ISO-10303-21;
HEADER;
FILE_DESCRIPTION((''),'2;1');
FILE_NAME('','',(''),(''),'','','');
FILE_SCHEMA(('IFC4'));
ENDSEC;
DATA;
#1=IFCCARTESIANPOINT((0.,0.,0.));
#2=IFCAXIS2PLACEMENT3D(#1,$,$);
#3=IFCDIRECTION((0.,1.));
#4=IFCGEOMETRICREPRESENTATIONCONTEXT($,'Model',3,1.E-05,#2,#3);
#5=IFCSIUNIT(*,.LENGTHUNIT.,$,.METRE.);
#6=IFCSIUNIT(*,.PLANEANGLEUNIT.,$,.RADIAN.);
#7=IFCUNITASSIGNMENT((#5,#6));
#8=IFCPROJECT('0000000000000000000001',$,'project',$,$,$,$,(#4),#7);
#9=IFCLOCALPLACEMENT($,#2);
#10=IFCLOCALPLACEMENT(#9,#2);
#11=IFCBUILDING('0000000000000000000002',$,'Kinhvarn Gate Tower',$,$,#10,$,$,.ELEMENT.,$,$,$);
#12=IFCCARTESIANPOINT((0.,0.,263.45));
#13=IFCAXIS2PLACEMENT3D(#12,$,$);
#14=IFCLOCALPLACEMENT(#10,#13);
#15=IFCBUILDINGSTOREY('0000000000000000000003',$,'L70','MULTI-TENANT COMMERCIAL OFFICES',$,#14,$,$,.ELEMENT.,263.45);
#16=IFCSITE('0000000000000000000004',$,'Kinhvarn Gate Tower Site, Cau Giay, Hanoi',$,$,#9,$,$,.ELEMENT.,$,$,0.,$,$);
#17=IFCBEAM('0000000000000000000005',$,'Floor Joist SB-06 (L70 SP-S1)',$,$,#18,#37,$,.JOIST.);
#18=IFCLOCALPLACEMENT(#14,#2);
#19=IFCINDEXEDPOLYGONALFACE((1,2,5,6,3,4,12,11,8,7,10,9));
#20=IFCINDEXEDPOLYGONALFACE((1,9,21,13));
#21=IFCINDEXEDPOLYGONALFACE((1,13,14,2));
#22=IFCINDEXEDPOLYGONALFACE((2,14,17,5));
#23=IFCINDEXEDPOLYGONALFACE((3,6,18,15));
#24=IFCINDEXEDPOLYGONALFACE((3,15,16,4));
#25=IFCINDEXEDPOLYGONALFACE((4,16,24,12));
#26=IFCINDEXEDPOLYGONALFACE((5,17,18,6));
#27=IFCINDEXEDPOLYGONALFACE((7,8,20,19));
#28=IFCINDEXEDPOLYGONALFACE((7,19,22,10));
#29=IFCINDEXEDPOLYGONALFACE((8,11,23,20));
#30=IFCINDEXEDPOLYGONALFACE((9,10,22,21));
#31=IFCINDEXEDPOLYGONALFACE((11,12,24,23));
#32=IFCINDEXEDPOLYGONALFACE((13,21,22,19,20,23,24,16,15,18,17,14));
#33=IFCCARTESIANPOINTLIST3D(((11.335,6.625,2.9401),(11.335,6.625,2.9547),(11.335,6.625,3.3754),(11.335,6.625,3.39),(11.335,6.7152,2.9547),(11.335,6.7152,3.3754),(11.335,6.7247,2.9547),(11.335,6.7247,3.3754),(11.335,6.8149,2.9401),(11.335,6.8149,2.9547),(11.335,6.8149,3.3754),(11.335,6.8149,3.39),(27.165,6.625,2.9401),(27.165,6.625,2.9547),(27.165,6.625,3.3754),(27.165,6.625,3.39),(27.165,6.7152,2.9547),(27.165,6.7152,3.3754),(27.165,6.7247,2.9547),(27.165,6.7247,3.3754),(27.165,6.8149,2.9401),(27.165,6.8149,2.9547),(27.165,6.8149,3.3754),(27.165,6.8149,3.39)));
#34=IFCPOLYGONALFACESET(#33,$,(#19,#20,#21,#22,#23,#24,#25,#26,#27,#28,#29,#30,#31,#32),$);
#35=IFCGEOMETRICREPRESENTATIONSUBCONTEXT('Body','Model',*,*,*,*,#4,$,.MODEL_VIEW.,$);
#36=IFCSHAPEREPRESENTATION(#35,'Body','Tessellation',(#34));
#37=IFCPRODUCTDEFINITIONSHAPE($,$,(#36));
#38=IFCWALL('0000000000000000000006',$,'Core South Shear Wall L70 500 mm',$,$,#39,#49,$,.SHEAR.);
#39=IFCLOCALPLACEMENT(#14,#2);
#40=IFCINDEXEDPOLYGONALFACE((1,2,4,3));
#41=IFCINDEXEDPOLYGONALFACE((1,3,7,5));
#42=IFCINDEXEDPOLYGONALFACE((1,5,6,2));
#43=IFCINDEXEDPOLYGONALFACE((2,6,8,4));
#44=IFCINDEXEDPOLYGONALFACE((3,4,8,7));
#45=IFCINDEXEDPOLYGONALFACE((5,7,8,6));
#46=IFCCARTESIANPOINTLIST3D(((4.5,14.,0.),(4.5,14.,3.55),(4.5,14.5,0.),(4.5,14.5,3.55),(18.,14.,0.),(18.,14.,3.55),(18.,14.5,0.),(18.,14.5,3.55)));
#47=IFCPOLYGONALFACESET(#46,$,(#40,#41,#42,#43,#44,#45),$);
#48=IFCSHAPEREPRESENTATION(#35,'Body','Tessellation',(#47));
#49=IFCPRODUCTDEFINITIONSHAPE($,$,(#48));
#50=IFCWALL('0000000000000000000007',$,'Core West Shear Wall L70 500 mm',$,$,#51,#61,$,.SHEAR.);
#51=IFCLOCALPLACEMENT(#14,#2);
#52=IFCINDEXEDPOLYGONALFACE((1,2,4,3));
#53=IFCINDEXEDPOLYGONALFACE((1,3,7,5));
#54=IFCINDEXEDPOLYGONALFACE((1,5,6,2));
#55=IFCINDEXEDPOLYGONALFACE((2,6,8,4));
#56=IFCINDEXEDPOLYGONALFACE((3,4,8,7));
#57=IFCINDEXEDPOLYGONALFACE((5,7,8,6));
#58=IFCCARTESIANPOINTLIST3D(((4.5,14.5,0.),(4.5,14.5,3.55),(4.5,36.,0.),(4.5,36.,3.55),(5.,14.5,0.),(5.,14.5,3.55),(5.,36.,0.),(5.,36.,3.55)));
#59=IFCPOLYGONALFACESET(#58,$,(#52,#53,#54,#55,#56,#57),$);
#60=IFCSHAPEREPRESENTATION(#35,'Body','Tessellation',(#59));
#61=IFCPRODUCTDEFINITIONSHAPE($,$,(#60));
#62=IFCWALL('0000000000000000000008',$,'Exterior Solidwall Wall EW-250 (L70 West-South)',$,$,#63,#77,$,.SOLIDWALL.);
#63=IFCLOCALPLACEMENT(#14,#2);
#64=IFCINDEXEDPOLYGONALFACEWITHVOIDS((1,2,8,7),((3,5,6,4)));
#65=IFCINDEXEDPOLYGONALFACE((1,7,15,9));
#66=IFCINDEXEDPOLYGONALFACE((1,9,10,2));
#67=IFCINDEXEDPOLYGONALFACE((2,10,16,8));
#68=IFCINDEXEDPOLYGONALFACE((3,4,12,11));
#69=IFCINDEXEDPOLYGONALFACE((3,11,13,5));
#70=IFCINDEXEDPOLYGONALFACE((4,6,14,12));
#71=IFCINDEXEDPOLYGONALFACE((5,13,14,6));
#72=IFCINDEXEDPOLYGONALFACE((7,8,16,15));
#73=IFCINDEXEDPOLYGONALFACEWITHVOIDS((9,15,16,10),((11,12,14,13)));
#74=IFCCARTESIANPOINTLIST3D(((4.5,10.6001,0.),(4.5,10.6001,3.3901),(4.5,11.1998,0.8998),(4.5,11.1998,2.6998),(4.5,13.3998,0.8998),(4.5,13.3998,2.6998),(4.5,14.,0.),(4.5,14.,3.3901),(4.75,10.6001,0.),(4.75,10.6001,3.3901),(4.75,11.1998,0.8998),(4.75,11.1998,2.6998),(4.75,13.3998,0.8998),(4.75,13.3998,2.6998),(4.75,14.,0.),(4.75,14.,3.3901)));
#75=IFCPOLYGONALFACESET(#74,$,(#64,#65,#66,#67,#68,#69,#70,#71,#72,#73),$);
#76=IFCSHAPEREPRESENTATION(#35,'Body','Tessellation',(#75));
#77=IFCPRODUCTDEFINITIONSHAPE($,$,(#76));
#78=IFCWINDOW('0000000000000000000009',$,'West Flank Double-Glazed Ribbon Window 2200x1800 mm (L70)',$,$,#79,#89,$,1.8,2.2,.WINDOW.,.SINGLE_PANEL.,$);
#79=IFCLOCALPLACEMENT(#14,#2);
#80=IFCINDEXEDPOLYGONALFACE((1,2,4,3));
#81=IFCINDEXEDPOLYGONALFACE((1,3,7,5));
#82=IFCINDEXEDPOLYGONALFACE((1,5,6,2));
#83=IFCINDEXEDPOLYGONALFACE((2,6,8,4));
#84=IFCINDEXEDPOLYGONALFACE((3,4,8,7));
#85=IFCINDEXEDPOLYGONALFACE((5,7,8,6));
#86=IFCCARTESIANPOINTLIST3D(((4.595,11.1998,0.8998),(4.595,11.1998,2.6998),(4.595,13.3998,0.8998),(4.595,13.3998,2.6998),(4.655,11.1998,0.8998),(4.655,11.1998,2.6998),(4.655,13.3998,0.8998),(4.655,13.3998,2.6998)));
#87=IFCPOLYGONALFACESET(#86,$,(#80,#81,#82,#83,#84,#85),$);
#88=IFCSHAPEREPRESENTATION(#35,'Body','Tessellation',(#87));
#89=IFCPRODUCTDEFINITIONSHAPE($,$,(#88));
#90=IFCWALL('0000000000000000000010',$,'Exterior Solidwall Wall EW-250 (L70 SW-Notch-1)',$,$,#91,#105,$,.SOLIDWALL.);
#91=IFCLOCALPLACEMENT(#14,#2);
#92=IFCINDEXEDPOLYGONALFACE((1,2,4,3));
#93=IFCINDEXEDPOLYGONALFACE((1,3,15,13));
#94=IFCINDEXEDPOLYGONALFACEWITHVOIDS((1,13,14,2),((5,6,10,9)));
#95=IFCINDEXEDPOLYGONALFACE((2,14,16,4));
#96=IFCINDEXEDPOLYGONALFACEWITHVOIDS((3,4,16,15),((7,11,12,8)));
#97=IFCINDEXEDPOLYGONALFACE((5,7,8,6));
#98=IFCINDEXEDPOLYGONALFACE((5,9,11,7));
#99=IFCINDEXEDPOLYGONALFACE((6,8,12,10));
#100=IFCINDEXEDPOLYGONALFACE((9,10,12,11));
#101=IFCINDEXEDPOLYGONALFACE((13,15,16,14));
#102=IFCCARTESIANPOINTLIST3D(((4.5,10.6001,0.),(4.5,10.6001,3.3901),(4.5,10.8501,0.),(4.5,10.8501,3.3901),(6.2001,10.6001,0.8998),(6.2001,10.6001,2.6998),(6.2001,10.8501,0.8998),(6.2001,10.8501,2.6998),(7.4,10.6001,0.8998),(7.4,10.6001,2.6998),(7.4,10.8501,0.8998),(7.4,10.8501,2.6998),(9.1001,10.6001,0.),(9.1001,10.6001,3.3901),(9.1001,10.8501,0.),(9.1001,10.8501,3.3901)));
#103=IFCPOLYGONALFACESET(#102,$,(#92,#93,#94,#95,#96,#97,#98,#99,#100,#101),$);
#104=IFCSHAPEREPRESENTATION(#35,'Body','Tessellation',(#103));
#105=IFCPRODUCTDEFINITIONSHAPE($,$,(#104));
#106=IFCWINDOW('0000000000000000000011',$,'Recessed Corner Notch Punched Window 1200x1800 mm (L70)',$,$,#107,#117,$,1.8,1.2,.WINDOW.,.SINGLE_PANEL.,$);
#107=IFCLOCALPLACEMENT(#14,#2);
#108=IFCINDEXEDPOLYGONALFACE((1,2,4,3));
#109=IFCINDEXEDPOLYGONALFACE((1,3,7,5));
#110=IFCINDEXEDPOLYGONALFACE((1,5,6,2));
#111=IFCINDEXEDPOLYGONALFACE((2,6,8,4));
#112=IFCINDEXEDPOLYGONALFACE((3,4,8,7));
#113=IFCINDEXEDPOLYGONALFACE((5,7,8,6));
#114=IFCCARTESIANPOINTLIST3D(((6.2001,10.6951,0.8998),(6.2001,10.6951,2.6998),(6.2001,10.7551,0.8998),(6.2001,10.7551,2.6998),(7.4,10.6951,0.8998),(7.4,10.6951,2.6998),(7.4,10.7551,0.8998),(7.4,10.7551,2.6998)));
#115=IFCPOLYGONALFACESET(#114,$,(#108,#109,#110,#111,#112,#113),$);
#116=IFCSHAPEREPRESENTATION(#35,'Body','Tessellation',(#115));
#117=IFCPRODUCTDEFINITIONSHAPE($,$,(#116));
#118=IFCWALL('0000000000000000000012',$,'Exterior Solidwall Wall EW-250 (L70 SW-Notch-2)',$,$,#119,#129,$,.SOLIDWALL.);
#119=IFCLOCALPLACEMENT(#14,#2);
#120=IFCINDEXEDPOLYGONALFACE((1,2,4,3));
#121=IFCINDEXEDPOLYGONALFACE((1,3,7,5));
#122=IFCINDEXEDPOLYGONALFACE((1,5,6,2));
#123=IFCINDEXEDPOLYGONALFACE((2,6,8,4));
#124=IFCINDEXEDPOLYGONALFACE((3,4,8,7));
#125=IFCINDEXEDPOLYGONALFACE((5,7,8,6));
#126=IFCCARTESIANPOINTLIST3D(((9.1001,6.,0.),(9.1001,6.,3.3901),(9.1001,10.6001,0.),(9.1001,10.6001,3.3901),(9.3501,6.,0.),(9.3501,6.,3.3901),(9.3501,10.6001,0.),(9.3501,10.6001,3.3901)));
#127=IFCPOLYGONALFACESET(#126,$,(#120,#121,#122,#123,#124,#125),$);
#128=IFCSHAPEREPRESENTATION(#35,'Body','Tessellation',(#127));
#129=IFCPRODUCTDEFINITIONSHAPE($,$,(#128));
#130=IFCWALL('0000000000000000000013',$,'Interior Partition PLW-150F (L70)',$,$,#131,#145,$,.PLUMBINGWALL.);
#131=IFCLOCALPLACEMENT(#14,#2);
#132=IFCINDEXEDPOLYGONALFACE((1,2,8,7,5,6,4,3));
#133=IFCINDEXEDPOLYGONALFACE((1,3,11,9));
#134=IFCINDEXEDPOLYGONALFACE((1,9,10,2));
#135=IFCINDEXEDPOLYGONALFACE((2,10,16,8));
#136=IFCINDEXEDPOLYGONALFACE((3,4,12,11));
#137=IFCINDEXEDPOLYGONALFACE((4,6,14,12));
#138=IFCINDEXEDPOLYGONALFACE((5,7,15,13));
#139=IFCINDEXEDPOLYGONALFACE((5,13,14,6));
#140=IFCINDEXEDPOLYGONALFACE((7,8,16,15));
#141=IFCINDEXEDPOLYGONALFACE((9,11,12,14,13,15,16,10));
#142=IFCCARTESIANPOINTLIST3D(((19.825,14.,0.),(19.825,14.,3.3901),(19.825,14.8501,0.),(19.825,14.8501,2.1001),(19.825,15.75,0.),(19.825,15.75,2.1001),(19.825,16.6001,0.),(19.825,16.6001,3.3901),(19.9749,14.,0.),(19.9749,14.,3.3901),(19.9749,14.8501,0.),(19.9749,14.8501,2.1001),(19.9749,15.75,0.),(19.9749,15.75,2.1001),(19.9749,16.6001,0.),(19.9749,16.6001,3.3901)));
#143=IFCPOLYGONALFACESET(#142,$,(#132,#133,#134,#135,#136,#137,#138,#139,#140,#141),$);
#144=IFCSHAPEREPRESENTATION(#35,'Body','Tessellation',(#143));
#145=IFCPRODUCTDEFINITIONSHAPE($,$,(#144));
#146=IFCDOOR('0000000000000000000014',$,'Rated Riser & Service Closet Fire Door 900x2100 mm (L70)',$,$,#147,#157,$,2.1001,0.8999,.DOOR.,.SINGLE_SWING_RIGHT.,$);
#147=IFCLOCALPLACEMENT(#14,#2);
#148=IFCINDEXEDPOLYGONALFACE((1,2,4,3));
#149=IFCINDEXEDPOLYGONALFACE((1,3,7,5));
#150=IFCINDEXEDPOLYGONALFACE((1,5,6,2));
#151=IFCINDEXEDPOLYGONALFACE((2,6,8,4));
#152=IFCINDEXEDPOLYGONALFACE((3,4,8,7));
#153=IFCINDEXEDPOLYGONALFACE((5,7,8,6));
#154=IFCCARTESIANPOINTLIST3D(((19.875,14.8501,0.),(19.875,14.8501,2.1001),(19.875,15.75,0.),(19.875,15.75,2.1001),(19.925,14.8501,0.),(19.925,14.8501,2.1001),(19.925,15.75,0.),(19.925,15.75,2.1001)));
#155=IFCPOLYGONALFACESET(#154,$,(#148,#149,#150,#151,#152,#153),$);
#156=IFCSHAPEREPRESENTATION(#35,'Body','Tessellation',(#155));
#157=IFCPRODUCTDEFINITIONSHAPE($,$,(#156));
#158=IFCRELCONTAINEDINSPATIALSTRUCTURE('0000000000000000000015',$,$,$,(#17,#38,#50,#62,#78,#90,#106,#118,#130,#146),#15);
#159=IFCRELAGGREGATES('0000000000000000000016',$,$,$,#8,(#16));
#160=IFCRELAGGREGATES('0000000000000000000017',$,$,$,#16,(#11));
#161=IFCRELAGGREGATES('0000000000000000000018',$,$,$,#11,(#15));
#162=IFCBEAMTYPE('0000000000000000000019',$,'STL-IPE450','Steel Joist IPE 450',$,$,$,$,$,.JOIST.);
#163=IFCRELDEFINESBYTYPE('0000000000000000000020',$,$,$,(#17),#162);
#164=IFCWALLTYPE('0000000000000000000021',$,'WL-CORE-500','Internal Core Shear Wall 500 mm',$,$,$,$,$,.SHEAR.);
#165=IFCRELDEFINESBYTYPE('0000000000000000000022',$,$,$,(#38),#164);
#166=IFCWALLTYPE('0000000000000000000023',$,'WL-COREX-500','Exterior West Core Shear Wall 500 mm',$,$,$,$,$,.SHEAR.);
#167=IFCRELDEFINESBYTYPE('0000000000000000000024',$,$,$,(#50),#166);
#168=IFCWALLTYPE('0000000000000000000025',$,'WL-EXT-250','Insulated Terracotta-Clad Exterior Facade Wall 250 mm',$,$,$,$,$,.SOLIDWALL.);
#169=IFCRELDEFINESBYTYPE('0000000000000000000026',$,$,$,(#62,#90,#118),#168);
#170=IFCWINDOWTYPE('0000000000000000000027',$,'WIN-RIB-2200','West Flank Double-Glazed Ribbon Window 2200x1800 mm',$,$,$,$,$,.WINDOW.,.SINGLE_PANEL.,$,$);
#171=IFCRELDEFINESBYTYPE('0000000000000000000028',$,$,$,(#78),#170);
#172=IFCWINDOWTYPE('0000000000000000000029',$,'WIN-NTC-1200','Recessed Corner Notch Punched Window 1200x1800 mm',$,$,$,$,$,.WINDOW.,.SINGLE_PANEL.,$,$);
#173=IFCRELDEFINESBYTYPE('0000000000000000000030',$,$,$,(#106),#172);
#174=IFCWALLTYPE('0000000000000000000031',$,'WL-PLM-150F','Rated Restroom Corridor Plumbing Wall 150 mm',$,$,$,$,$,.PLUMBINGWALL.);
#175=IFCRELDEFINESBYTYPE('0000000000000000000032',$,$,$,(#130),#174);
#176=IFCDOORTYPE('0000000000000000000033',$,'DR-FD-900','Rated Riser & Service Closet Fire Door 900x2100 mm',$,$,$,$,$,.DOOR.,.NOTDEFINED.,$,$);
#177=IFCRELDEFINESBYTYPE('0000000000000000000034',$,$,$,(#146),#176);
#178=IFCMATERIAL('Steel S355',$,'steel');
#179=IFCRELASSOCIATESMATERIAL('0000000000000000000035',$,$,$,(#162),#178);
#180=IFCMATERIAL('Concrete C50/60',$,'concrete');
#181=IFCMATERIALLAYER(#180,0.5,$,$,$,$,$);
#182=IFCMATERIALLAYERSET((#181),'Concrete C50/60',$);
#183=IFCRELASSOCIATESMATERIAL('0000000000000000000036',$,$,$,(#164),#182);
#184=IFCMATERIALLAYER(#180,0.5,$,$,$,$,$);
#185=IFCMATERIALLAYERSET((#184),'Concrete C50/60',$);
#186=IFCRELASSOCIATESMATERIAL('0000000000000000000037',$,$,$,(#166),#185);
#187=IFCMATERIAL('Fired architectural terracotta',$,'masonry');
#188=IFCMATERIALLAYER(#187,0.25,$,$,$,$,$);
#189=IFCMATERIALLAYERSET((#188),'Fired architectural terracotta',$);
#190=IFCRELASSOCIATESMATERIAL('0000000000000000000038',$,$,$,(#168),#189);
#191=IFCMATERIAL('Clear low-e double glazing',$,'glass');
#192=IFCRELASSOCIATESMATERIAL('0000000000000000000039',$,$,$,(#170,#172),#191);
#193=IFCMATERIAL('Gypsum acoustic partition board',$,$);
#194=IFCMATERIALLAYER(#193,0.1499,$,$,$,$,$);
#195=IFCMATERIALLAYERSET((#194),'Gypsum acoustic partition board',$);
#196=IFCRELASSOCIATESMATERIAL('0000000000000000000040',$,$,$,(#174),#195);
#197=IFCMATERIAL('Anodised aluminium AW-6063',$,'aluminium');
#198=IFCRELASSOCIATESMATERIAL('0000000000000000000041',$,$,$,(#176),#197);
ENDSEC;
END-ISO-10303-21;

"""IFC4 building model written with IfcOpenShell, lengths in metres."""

from ifc_helpers import new_model, si_unit, direction, frame, frame_2d, origin, origin_2d, place, context, subcontext, project, spatial, rectangle, i_section, extrude, material, layer, layer_set, material_profile, profile_set, type_object, element, fill, save


model = new_model("IFC4")

# Units and contexts
model_context = context("Model", 3, precision=1e-05, world=origin(), true_north=direction((0.0, 1.0)))
body_context = subcontext(model_context, "Body", "Model", "MODEL_VIEW")
ifc_project = project(units=[si_unit("LENGTHUNIT", "METRE"), si_unit("PLANEANGLEUNIT", "RADIAN")], contexts=[model_context])

# Site, building, storey
site_placement = place(None, origin())
site = spatial("IfcSite", under=ifc_project, at=site_placement, Name="Kinhvarn Gate Tower Site, Cau Giay, Hanoi", CompositionType="ELEMENT", RefElevation=0.0)
building_placement = place(site_placement, origin())
building = spatial("IfcBuilding", under=site, at=building_placement, Name="Kinhvarn Gate Tower", CompositionType="ELEMENT")
storey_placement = place(building_placement, frame((0.0, 0.0, 263.45)))
storey = spatial("IfcBuildingStorey", under=building, at=storey_placement, Name="L70", Description="MULTI-TENANT COMMERCIAL OFFICES", CompositionType="ELEMENT", Elevation=263.45)

# Shared definitions
ifc_material_1 = material(Name="Concrete C50/60", Category="concrete")

# Beam
ifc_material_2 = material(Name="Steel S355", Category="steel")
ifc_material_profile_1 = material_profile(ifc_material_2, i_section(OverallWidth=0.1899, OverallDepth=0.45, WebThickness=0.0095, FlangeThickness=0.0146, at=origin_2d()), Name="IPE 450")
ifc_profile_set_1 = profile_set([ifc_material_profile_1], Name="Steel S355")
beam_type_1 = type_object("IfcBeamType", Name="STL-IPE450", Description="Steel Joist IPE 450", PredefinedType="JOIST", material=ifc_profile_set_1)
beam_1_placement = place(storey_placement, frame((11.335, 6.72, 3.165), z_axis=(1.0, 0.0, 0.0), x_axis=(0.0, 1.0, 0.0)))
element("IfcBeam", 1, at=beam_1_placement, inside=storey, type_object=beam_type_1, Name="Floor Joist SB-06 (L70 SP-S1)", PredefinedType="JOIST", context=body_context, shape_type="SweptSolid", body=[
    extrude(i_section(OverallWidth=0.1899, OverallDepth=0.45, WebThickness=0.0095, FlangeThickness=0.0146, at=origin_2d()), origin(), (0.0, 0.0, 1.0), 15.8301),
])

# Wall
ifc_layer_1 = layer(ifc_material_1, 0.5)
ifc_layer_set_1 = layer_set([ifc_layer_1], Name="Concrete C50/60")
wall_type_1 = type_object("IfcWallType", Name="WL-CORE-500", Description="Internal Core Shear Wall 500 mm", PredefinedType="SHEAR", material=ifc_layer_set_1)
wall_1_placement = place(storey_placement, frame((4.5, 14.25, 0.0), z_axis=(0.0, 0.0, 1.0), x_axis=(1.0, 0.0, 0.0)))
element("IfcWall", 2, at=wall_1_placement, inside=storey, type_object=wall_type_1, Name="Core South Shear Wall L70 500 mm", PredefinedType="SHEAR", context=body_context, shape_type="SweptSolid", body=[
    extrude(rectangle(XDim=13.5, YDim=0.5, at=frame_2d((6.75, 0.0))), origin(), (0.0, 0.0, 1.0), 3.55),
])

# Shared definitions
ifc_material_3 = material(Name="Anodised aluminium AW-6063", Category="aluminium")

# Wall
ifc_layer_2 = layer(ifc_material_1, 0.5)
ifc_layer_set_2 = layer_set([ifc_layer_2], Name="Concrete C50/60")
wall_type_2 = type_object("IfcWallType", Name="WL-COREX-500", Description="Exterior West Core Shear Wall 500 mm", PredefinedType="SHEAR", material=ifc_layer_set_2)
wall_2_placement = place(storey_placement, frame((4.75, 14.5, 0.0), z_axis=(0.0, 0.0, 1.0), x_axis=(0.0, 1.0, 0.0)))
element("IfcWall", 3, at=wall_2_placement, inside=storey, type_object=wall_type_2, Name="Core West Shear Wall L70 500 mm", PredefinedType="SHEAR", context=body_context, shape_type="SweptSolid", body=[
    extrude(rectangle(XDim=21.5, YDim=0.5, at=frame_2d((10.75, 0.0))), origin(), (0.0, 0.0, 1.0), 3.55),
])

# Walls, openings, windows
ifc_material_4 = material(Name="Fired architectural terracotta", Category="masonry")
ifc_layer_3 = layer(ifc_material_4, 0.25)
ifc_layer_set_3 = layer_set([ifc_layer_3], Name="Fired architectural terracotta")
wall_type_3 = type_object("IfcWallType", Name="WL-EXT-250", Description="Insulated Terracotta-Clad Exterior Facade Wall 250 mm", PredefinedType="SOLIDWALL", material=ifc_layer_set_3)
wall_3_placement = place(storey_placement, frame((4.625, 14.0, 0.0), z_axis=(0.0, 0.0, 1.0), x_axis=(0.0, -1.0, 0.0)))
wall_3 = element("IfcWall", 4, at=wall_3_placement, inside=storey, type_object=wall_type_3, Name="Exterior Solidwall Wall EW-250 (L70 West-South)", PredefinedType="SOLIDWALL", context=body_context, shape_type="SweptSolid", body=[
    extrude(rectangle(XDim=3.3999, YDim=0.25, at=frame_2d((1.7, 0.0))), origin(), (0.0, 0.0, 1.0), 3.3901),
])
opening_1_placement = place(wall_3_placement, frame((0.6001, 0.0, 0.8999)))
opening_1 = element("IfcOpeningElement", 5, at=opening_1_placement, cuts=wall_3, PredefinedType="OPENING", context=body_context, shape_type="SweptSolid", body=[
    extrude(rectangle(XDim=2.2, YDim=1.8, at=frame_2d((1.1001, 0.8999))), frame((0.0, 0.135, 0.0), z_axis=(0.0, -1.0, 0.0), x_axis=(1.0, 0.0, 0.0)), (0.0, 0.0, 1.0), 0.27),
])
ifc_material_5 = material(Name="Clear low-e double glazing", Category="glass")
window_type_1 = type_object("IfcWindowType", Name="WIN-RIB-2200", Description="West Flank Double-Glazed Ribbon Window 2200x1800 mm", PartitioningType="SINGLE_PANEL", PredefinedType="WINDOW", material=ifc_material_5)
window_1_placement = place(opening_1_placement, origin())
window_1 = element("IfcWindow", 6, at=window_1_placement, inside=storey, type_object=window_type_1, Name="West Flank Double-Glazed Ribbon Window 2200x1800 mm (L70)", OverallHeight=1.8, OverallWidth=2.2, PartitioningType="SINGLE_PANEL", PredefinedType="WINDOW", context=body_context, shape_type="SweptSolid", body=[
    extrude(rectangle(XDim=2.2, YDim=1.8, at=frame_2d((1.1001, 0.8999))), frame((0.0, 0.03, 0.0), z_axis=(0.0, -1.0, 0.0), x_axis=(1.0, 0.0, 0.0)), (0.0, 0.0, 1.0), 0.0601),
])
fill(opening_1, window_1)
wall_4_placement = place(storey_placement, frame((4.5, 10.7251, 0.0), z_axis=(0.0, 0.0, 1.0), x_axis=(1.0, 0.0, 0.0)))
wall_4 = element("IfcWall", 7, at=wall_4_placement, inside=storey, type_object=wall_type_3, Name="Exterior Solidwall Wall EW-250 (L70 SW-Notch-1)", PredefinedType="SOLIDWALL", context=body_context, shape_type="SweptSolid", body=[
    extrude(rectangle(XDim=4.6001, YDim=0.25, at=frame_2d((2.3, 0.0))), origin(), (0.0, 0.0, 1.0), 3.3901),
])
opening_2_placement = place(wall_4_placement, frame((1.7, 0.0, 0.8999)))
opening_2 = element("IfcOpeningElement", 8, at=opening_2_placement, cuts=wall_4, PredefinedType="OPENING", context=body_context, shape_type="SweptSolid", body=[
    extrude(rectangle(XDim=1.2, YDim=1.8, at=frame_2d((0.6001, 0.8999))), frame((0.0, 0.135, 0.0), z_axis=(0.0, -1.0, 0.0), x_axis=(1.0, 0.0, 0.0)), (0.0, 0.0, 1.0), 0.27),
])
window_type_2 = type_object("IfcWindowType", Name="WIN-NTC-1200", Description="Recessed Corner Notch Punched Window 1200x1800 mm", PartitioningType="SINGLE_PANEL", PredefinedType="WINDOW", material=ifc_material_5)
window_2_placement = place(opening_2_placement, origin())
window_2 = element("IfcWindow", 9, at=window_2_placement, inside=storey, type_object=window_type_2, Name="Recessed Corner Notch Punched Window 1200x1800 mm (L70)", OverallHeight=1.8, OverallWidth=1.2, PartitioningType="SINGLE_PANEL", PredefinedType="WINDOW", context=body_context, shape_type="SweptSolid", body=[
    extrude(rectangle(XDim=1.2, YDim=1.8, at=frame_2d((0.6001, 0.8999))), frame((0.0, 0.03, 0.0), z_axis=(0.0, -1.0, 0.0), x_axis=(1.0, 0.0, 0.0)), (0.0, 0.0, 1.0), 0.0601),
])
fill(opening_2, window_2)

# Wall
wall_5_placement = place(storey_placement, frame((9.2251, 10.6001, 0.0), z_axis=(0.0, 0.0, 1.0), x_axis=(0.0, -1.0, 0.0)))
element("IfcWall", 10, at=wall_5_placement, inside=storey, type_object=wall_type_3, Name="Exterior Solidwall Wall EW-250 (L70 SW-Notch-2)", PredefinedType="SOLIDWALL", context=body_context, shape_type="SweptSolid", body=[
    extrude(rectangle(XDim=4.6001, YDim=0.25, at=frame_2d((2.3, 0.0))), origin(), (0.0, 0.0, 1.0), 3.3901),
])

# Wall, opening, door
ifc_material_6 = material(Name="Gypsum acoustic partition board")
ifc_layer_4 = layer(ifc_material_6, 0.1499)
ifc_layer_set_4 = layer_set([ifc_layer_4], Name="Gypsum acoustic partition board")
wall_type_4 = type_object("IfcWallType", Name="WL-PLM-150F", Description="Rated Restroom Corridor Plumbing Wall 150 mm", PredefinedType="PLUMBINGWALL", material=ifc_layer_set_4)
wall_6_placement = place(storey_placement, frame((19.8999, 14.0, 0.0), z_axis=(0.0, 0.0, 1.0), x_axis=(0.0, 1.0, 0.0)))
wall_6 = element("IfcWall", 11, at=wall_6_placement, inside=storey, type_object=wall_type_4, Name="Interior Partition PLW-150F (L70)", PredefinedType="PLUMBINGWALL", context=body_context, shape_type="SweptSolid", body=[
    extrude(rectangle(XDim=2.6001, YDim=0.1499, at=frame_2d((1.3, 0.0))), origin(), (0.0, 0.0, 1.0), 3.3901),
])
opening_3_placement = place(wall_6_placement, frame((0.8501, 0.0, 0.0)))
opening_3 = element("IfcOpeningElement", 12, at=opening_3_placement, cuts=wall_6, PredefinedType="OPENING", context=body_context, shape_type="SweptSolid", body=[
    extrude(rectangle(XDim=0.8999, YDim=2.1001, at=frame_2d((0.45, 1.05))), frame((0.0, 0.085, 0.0), z_axis=(0.0, -1.0, 0.0), x_axis=(1.0, 0.0, 0.0)), (0.0, 0.0, 1.0), 0.1699),
])
door_type_1 = type_object("IfcDoorType", Name="DR-FD-900", Description="Rated Riser & Service Closet Fire Door 900x2100 mm", OperationType="NOTDEFINED", PredefinedType="DOOR", material=ifc_material_3)
door_1_placement = place(opening_3_placement, origin())
door_1 = element("IfcDoor", 13, at=door_1_placement, inside=storey, type_object=door_type_1, Name="Rated Riser & Service Closet Fire Door 900x2100 mm (L70)", OperationType="SINGLE_SWING_RIGHT", OverallHeight=2.1001, OverallWidth=0.8999, PredefinedType="DOOR", context=body_context, shape_type="SweptSolid", body=[
    extrude(rectangle(XDim=0.8999, YDim=2.1001, at=frame_2d((0.45, 1.05))), frame((0.0, 0.0249, 0.0), z_axis=(0.0, -1.0, 0.0), x_axis=(1.0, 0.0, 0.0)), (0.0, 0.0, 1.0), 0.05),
])
fill(opening_3, door_1)

save(model, "model.ifc")
